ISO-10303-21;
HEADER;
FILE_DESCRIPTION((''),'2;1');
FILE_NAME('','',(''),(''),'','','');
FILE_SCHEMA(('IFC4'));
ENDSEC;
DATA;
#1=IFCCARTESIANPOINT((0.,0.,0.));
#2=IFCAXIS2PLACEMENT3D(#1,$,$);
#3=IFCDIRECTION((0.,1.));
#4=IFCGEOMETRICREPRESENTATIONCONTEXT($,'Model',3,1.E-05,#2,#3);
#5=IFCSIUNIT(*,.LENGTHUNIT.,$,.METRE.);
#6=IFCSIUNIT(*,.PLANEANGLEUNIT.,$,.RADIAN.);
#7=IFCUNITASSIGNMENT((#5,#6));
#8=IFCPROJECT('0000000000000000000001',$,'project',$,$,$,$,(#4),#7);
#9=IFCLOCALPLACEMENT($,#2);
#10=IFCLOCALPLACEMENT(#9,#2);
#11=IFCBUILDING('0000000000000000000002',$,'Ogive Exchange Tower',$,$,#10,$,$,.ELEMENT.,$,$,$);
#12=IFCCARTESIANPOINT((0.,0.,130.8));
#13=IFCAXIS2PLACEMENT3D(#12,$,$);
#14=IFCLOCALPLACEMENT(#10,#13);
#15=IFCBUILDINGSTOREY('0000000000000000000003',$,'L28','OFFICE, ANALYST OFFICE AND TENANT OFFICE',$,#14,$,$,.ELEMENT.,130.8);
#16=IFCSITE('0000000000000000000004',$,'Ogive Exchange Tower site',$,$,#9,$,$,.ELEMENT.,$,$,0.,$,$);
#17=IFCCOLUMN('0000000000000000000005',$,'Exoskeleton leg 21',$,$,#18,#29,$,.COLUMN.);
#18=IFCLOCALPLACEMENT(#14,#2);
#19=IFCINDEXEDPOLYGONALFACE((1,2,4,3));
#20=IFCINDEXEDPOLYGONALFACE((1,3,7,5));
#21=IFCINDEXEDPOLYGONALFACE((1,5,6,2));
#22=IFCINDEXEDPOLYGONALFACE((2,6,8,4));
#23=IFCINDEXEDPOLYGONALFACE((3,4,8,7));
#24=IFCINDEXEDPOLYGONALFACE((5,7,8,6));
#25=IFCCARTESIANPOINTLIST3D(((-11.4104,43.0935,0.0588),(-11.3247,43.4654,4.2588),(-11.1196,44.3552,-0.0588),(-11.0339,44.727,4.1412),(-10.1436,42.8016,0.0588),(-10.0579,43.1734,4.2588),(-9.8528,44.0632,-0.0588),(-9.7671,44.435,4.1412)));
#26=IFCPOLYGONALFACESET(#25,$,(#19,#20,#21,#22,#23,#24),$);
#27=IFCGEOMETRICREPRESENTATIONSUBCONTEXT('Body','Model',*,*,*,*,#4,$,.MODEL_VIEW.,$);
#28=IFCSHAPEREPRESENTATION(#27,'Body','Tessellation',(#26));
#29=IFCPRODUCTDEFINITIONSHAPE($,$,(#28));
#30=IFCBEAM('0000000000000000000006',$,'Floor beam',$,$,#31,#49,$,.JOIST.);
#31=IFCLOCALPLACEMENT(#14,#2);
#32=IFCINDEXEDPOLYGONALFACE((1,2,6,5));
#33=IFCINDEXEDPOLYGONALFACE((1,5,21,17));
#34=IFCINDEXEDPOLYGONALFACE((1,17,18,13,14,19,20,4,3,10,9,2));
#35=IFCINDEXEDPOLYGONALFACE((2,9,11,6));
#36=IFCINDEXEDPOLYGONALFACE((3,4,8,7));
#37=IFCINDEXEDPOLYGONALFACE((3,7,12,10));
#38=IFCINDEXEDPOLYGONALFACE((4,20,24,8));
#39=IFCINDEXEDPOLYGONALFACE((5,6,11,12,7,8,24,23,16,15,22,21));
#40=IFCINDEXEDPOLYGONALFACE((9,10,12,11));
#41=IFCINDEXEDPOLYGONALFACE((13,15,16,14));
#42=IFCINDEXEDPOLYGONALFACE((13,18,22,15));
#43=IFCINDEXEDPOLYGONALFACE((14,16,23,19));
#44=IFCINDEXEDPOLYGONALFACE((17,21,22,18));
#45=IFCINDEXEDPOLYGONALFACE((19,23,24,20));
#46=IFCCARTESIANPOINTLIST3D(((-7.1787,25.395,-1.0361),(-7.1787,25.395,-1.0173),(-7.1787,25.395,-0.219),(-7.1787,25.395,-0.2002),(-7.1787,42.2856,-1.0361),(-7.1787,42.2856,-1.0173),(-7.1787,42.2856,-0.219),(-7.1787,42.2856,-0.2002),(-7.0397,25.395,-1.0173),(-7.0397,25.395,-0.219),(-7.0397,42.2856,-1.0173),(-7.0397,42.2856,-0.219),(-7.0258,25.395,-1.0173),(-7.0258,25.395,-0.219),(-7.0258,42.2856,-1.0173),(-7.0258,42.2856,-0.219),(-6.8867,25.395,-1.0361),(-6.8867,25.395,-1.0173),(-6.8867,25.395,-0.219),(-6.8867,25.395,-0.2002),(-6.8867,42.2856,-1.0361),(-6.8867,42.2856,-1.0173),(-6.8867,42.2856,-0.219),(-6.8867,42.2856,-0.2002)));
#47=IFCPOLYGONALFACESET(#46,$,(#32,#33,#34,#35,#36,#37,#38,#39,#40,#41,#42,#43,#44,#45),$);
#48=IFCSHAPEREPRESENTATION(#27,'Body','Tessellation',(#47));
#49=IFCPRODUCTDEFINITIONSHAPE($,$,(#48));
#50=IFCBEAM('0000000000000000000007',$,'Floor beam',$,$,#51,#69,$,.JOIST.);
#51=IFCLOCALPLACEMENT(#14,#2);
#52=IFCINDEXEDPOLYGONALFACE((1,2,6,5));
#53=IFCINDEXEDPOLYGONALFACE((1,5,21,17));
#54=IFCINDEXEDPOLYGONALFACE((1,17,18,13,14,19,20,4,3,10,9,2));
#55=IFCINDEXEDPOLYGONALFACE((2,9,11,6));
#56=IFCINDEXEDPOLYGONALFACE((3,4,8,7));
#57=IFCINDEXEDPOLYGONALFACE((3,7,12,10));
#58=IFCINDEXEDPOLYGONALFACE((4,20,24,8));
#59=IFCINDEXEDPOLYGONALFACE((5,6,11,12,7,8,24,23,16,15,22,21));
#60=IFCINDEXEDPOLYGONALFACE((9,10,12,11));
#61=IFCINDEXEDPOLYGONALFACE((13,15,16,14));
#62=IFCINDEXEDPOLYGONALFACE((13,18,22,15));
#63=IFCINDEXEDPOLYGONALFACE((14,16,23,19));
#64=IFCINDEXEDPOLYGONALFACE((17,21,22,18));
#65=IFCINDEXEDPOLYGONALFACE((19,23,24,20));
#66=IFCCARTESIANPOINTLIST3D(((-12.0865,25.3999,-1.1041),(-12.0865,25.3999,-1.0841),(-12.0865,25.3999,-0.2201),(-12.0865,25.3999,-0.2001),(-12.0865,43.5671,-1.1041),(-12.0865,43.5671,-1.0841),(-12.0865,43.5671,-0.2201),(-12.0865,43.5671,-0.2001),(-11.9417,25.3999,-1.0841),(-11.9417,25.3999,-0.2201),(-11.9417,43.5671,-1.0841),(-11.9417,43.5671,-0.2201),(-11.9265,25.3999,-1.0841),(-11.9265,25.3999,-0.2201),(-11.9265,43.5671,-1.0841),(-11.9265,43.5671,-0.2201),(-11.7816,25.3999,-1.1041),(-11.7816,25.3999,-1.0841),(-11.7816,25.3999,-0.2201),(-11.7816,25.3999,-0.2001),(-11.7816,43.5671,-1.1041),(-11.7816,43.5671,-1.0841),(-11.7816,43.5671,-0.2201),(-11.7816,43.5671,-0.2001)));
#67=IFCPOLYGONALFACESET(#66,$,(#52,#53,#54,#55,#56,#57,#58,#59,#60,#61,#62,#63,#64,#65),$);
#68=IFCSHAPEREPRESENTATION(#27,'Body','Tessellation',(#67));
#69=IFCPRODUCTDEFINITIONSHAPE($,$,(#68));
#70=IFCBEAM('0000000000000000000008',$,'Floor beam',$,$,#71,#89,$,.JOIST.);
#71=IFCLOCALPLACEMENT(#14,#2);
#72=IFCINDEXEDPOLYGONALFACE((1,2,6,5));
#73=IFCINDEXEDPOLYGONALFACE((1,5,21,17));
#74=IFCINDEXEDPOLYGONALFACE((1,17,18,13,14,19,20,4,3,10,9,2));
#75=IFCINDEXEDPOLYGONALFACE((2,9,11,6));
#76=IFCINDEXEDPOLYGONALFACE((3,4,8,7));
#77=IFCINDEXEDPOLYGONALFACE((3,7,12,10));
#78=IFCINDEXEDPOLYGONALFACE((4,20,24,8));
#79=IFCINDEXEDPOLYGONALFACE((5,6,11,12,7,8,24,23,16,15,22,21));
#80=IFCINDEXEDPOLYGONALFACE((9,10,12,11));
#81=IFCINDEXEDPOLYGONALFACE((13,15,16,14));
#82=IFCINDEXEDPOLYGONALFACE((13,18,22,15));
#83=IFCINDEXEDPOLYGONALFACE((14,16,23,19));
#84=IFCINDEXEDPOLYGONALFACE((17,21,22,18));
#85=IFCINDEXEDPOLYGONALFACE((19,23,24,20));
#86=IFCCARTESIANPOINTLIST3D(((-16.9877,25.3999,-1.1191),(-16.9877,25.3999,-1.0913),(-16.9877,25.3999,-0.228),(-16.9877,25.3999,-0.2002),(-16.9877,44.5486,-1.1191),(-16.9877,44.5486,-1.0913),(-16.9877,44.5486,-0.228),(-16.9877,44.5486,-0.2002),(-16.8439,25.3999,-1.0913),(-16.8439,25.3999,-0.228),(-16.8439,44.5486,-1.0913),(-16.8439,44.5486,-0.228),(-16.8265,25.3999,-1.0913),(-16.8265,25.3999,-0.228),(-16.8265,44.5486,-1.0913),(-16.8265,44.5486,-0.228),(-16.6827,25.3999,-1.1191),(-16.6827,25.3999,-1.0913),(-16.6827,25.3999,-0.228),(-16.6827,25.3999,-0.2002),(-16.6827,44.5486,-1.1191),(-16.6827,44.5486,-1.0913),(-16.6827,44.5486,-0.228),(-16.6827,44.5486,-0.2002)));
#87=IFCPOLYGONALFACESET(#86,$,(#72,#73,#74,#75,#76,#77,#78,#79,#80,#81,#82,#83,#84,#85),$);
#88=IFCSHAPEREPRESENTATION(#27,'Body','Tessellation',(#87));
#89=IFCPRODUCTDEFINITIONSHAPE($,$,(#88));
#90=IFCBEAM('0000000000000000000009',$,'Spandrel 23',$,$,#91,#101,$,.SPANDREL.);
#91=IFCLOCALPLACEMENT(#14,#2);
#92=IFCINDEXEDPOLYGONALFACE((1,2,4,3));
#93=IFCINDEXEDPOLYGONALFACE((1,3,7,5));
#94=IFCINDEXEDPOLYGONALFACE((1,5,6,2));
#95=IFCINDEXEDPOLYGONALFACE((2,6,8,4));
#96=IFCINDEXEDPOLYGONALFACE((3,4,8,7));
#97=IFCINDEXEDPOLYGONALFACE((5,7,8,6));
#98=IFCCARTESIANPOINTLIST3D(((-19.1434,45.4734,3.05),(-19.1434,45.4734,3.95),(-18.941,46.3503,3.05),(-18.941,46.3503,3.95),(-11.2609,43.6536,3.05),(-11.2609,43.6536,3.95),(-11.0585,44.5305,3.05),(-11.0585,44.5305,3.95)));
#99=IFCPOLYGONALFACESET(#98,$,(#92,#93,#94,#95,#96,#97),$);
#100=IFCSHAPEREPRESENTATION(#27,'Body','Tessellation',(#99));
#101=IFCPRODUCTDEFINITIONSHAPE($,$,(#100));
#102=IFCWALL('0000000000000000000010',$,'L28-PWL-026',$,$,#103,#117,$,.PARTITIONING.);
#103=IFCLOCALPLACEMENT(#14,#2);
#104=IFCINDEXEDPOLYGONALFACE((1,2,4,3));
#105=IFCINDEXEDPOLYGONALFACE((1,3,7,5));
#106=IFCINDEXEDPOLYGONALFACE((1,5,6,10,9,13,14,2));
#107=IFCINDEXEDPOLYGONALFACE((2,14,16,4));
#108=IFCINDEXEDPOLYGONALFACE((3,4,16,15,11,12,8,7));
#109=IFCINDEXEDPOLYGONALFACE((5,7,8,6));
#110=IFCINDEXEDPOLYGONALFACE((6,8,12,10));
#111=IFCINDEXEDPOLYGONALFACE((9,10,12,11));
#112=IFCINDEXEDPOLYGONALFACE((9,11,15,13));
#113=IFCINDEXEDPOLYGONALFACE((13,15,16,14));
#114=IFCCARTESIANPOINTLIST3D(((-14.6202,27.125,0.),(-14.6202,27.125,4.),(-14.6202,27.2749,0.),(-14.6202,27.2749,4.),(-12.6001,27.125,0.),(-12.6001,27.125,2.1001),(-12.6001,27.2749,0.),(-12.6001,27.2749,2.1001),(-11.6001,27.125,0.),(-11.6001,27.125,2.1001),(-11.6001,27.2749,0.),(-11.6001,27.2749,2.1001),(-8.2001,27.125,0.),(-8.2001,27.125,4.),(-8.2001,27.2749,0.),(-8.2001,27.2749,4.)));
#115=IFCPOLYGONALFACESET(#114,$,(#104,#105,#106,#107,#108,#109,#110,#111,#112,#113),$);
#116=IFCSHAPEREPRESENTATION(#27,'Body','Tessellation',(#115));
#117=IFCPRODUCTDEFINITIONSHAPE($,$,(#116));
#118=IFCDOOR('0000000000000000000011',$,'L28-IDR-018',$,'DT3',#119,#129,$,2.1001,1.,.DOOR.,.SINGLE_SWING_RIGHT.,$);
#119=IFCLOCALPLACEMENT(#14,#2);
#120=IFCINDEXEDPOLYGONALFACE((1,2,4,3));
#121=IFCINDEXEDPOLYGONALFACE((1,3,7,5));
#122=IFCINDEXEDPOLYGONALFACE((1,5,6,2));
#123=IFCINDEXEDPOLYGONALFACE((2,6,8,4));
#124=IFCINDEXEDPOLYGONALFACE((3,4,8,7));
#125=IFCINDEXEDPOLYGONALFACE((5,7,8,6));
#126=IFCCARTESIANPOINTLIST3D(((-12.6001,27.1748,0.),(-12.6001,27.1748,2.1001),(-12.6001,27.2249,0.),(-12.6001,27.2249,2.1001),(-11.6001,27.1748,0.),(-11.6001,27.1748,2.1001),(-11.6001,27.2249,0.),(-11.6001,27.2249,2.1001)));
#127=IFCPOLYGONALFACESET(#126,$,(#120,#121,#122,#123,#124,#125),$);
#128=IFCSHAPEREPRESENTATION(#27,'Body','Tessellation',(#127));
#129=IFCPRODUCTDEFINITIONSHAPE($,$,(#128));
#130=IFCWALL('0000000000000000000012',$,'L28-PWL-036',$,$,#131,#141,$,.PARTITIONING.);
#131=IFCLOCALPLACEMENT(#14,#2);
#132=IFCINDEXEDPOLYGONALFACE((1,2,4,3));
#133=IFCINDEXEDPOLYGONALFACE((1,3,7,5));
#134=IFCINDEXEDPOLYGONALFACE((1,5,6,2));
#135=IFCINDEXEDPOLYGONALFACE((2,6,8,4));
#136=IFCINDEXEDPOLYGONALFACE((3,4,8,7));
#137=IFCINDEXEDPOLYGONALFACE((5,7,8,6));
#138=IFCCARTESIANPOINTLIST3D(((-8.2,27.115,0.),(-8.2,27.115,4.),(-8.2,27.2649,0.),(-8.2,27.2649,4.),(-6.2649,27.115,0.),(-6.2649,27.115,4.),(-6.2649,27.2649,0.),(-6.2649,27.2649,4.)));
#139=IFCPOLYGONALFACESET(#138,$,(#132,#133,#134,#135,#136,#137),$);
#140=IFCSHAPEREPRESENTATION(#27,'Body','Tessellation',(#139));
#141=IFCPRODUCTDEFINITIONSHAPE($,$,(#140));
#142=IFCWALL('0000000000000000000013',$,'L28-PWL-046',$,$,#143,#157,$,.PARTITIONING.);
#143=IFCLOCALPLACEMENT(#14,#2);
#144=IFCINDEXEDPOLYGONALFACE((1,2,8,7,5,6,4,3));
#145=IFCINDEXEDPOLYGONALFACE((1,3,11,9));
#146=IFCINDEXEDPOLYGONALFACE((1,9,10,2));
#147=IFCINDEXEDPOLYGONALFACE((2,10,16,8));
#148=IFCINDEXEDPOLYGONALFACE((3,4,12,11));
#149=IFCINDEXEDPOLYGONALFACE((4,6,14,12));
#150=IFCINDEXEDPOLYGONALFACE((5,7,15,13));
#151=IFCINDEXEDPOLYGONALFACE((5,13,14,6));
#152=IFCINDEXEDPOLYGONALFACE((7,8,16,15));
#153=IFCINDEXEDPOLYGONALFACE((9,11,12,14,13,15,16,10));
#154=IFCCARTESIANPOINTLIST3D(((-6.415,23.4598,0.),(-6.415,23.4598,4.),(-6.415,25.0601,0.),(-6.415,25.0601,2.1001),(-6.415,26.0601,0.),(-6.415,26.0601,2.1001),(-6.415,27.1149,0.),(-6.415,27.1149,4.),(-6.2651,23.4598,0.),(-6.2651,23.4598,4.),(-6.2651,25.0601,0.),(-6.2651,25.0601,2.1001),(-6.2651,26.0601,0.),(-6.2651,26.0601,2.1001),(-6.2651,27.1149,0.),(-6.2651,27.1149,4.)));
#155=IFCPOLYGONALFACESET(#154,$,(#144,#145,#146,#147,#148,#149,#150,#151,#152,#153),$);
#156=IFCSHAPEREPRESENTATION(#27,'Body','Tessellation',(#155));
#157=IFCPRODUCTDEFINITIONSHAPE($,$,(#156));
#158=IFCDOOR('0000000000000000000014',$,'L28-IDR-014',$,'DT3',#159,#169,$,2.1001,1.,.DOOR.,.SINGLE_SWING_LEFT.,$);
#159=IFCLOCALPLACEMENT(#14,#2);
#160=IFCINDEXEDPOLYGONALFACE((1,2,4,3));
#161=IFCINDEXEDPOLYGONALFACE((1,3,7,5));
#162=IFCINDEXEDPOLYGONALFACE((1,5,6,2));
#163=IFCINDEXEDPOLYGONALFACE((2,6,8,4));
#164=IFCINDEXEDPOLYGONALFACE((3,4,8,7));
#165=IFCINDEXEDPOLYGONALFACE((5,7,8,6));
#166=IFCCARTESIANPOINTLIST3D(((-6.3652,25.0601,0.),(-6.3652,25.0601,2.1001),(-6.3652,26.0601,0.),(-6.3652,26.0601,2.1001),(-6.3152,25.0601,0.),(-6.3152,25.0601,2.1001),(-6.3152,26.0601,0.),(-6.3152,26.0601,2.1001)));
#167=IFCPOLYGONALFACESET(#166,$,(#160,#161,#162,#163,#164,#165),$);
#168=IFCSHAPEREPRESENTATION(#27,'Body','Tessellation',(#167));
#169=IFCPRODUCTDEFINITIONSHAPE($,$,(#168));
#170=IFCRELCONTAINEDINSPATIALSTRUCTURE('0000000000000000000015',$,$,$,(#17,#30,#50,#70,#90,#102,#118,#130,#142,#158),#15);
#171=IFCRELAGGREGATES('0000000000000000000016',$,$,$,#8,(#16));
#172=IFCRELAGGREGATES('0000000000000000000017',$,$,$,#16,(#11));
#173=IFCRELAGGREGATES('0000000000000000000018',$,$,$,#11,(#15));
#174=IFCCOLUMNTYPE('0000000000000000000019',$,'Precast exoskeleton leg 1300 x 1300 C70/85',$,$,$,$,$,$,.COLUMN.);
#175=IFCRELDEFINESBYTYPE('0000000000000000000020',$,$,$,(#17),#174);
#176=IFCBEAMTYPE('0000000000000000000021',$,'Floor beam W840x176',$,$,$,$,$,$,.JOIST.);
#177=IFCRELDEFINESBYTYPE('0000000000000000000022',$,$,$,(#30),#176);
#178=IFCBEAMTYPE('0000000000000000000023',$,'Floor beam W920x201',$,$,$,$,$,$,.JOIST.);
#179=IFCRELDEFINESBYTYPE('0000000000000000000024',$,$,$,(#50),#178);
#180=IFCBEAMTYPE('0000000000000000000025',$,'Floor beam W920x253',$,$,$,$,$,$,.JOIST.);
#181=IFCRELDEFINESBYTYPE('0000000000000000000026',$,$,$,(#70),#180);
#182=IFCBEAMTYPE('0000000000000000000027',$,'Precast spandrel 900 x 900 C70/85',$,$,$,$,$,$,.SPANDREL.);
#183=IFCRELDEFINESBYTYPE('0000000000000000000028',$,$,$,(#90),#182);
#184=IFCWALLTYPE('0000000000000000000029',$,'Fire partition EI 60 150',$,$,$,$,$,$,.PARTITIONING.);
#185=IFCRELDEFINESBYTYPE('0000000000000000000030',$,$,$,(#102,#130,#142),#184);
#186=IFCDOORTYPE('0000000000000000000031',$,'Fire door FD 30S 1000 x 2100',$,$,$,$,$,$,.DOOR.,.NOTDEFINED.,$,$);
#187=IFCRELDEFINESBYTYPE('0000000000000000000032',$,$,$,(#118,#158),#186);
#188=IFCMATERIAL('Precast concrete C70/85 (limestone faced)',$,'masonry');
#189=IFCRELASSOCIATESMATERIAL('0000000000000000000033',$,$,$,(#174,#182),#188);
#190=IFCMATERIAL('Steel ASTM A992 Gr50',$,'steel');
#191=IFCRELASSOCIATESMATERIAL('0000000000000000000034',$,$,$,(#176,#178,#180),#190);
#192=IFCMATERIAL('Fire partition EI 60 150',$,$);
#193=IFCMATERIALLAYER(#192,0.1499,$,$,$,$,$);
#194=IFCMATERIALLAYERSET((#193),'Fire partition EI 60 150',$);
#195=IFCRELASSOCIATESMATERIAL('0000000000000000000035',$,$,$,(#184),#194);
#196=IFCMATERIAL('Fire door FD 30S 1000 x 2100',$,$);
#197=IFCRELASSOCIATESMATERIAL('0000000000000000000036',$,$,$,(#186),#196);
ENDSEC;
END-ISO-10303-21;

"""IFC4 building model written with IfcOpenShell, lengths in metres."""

from ifc_helpers import new_model, si_unit, direction, frame, frame_2d, origin, origin_2d, place, context, subcontext, project, spatial, rectangle, i_section, extrude, material, layer, layer_set, material_profile, profile_set, type_object, element, fill, save


model = new_model("IFC4")

# Units and contexts
model_context = context("Model", 3, precision=1e-05, world=origin(), true_north=direction((0.0, 1.0)))
body_context = subcontext(model_context, "Body", "Model", "MODEL_VIEW")
ifc_project = project(units=[si_unit("LENGTHUNIT", "METRE"), si_unit("PLANEANGLEUNIT", "RADIAN")], contexts=[model_context])

# Site, building, storey
site_placement = place(None, origin())
site = spatial("IfcSite", under=ifc_project, at=site_placement, Name="Ogive Exchange Tower site", CompositionType="ELEMENT", RefElevation=0.0)
building_placement = place(site_placement, origin())
building = spatial("IfcBuilding", under=site, at=building_placement, Name="Ogive Exchange Tower", CompositionType="ELEMENT")
storey_placement = place(building_placement, frame((0.0, 0.0, 130.8)))
storey = spatial("IfcBuildingStorey", under=building, at=storey_placement, Name="L28", Description="OFFICE, ANALYST OFFICE AND TENANT OFFICE", CompositionType="ELEMENT", Elevation=130.8)

# Column
ifc_material_1 = material(Name="Precast concrete C70/85 (limestone faced)", Category="masonry")
ifc_material_profile_1 = material_profile(ifc_material_1, rectangle(XDim=1.3, YDim=1.3, at=origin_2d()), Name="1300 x 1300")
ifc_profile_set_1 = profile_set([ifc_material_profile_1], Name="Precast concrete C70/85 (limestone faced)")
column_type = type_object("IfcColumnType", Name="Precast exoskeleton leg 1300 x 1300 C70/85", PredefinedType="COLUMN", material=ifc_profile_set_1)
column_placement = place(storey_placement, frame((-10.6316, 43.5784, 0.0), z_axis=(0.02032, 0.088168, 0.995898), x_axis=(-0.974456, 0.224579, 0.0)))
element("IfcColumn", 1, at=column_placement, inside=storey, type_object=column_type, Name="Exoskeleton leg 21", PredefinedType="COLUMN", context=body_context, shape_type="SweptSolid", body=[
    extrude(rectangle(XDim=1.3, YDim=1.3, at=origin_2d()), origin(), (0.0, 0.0, 1.0), 4.2173),
])

# Beams
ifc_material_2 = material(Name="Steel ASTM A992 Gr50", Category="steel")
ifc_material_profile_2 = material_profile(ifc_material_2, i_section(OverallWidth=0.292, OverallDepth=0.8359, WebThickness=0.0139, FlangeThickness=0.0188, at=origin_2d()), Name="W840x176")
ifc_profile_set_2 = profile_set([ifc_material_profile_2], Name="Steel ASTM A992 Gr50")
beam_type_1 = type_object("IfcBeamType", Name="Floor beam W840x176", PredefinedType="JOIST", material=ifc_profile_set_2)
beam_1_placement = place(storey_placement, frame((-7.0327, 25.395, -0.6182), z_axis=(0.0, 1.0, 0.0), x_axis=(-1.0, 0.0, 0.0)))
element("IfcBeam", 2, at=beam_1_placement, inside=storey, type_object=beam_type_1, Name="Floor beam", PredefinedType="JOIST", context=body_context, shape_type="SweptSolid", body=[
    extrude(i_section(OverallWidth=0.292, OverallDepth=0.8359, WebThickness=0.0139, FlangeThickness=0.0188, at=origin_2d()), origin(), (0.0, 0.0, 1.0), 16.8906),
])
ifc_material_profile_3 = material_profile(ifc_material_2, i_section(OverallWidth=0.3049, OverallDepth=0.9041, WebThickness=0.0151, FlangeThickness=0.02, at=origin_2d()), Name="W920x201")
ifc_profile_set_3 = profile_set([ifc_material_profile_3], Name="Steel ASTM A992 Gr50")
beam_type_2 = type_object("IfcBeamType", Name="Floor beam W920x201", PredefinedType="JOIST", material=ifc_profile_set_3)
beam_2_placement = place(storey_placement, frame((-11.9341, 25.3999, -0.6521), z_axis=(0.0, 1.0, 0.0), x_axis=(-1.0, 0.0, 0.0)))
element("IfcBeam", 3, at=beam_2_placement, inside=storey, type_object=beam_type_2, Name="Floor beam", PredefinedType="JOIST", context=body_context, shape_type="SweptSolid", body=[
    extrude(i_section(OverallWidth=0.3049, OverallDepth=0.9041, WebThickness=0.0151, FlangeThickness=0.02, at=origin_2d()), origin(), (0.0, 0.0, 1.0), 18.1672),
])
ifc_material_profile_4 = material_profile(ifc_material_2, i_section(OverallWidth=0.3049, OverallDepth=0.9189, WebThickness=0.0173, FlangeThickness=0.0278, at=origin_2d()), Name="W920x253")
ifc_profile_set_4 = profile_set([ifc_material_profile_4], Name="Steel ASTM A992 Gr50")
beam_type_3 = type_object("IfcBeamType", Name="Floor beam W920x253", PredefinedType="JOIST", material=ifc_profile_set_4)
beam_3_placement = place(storey_placement, frame((-16.8352, 25.3999, -0.6597), z_axis=(0.0, 1.0, 0.0), x_axis=(-1.0, 0.0, 0.0)))
element("IfcBeam", 4, at=beam_3_placement, inside=storey, type_object=beam_type_3, Name="Floor beam", PredefinedType="JOIST", context=body_context, shape_type="SweptSolid", body=[
    extrude(i_section(OverallWidth=0.3049, OverallDepth=0.9189, WebThickness=0.0173, FlangeThickness=0.0278, at=origin_2d()), origin(), (0.0, 0.0, 1.0), 19.1487),
])
ifc_material_profile_5 = material_profile(ifc_material_1, rectangle(XDim=0.8999, YDim=0.8999, at=origin_2d()), Name="900 x 900")
ifc_profile_set_5 = profile_set([ifc_material_profile_5], Name="Precast concrete C70/85 (limestone faced)")
beam_type_4 = type_object("IfcBeamType", Name="Precast spandrel 900 x 900 C70/85", PredefinedType="SPANDREL", material=ifc_profile_set_5)
beam_4_placement = place(storey_placement, frame((-11.1597, 44.092, 3.5), z_axis=(-0.97437, 0.22495, 0.0), x_axis=(-0.22495, -0.97437, 0.0)))
element("IfcBeam", 5, at=beam_4_placement, inside=storey, type_object=beam_type_4, Name="Spandrel 23", PredefinedType="SPANDREL", context=body_context, shape_type="SweptSolid", body=[
    extrude(rectangle(XDim=0.8999, YDim=0.8999, at=origin_2d()), origin(), (0.0, 0.0, 1.0), 8.0898),
])

# Wall, opening, door
ifc_material_3 = material(Name="Fire partition EI 60 150")
ifc_layer_1 = layer(ifc_material_3, 0.1499)
ifc_layer_set_1 = layer_set([ifc_layer_1], Name="Fire partition EI 60 150")
wall_type_1 = type_object("IfcWallType", Name="Fire partition EI 60 150", PredefinedType="PARTITIONING", material=ifc_layer_set_1)
wall_1_placement = place(storey_placement, frame((-14.6201, 27.2, 0.0), z_axis=(0.0, 0.0, 1.0), x_axis=(1.0, 0.0, 0.0)))
wall_1 = element("IfcWall", 6, at=wall_1_placement, inside=storey, type_object=wall_type_1, Name="L28-PWL-026", PredefinedType="PARTITIONING", context=body_context, shape_type="SweptSolid", body=[
    extrude(rectangle(XDim=6.4202, YDim=0.1499, at=frame_2d((3.21, 0.0))), origin(), (0.0, 0.0, 1.0), 4.0),
])
opening_1_placement = place(wall_1_placement, frame((2.02, 0.0, 0.0)))
opening_1 = element("IfcOpeningElement", 7, at=opening_1_placement, cuts=wall_1, PredefinedType="OPENING", context=body_context, shape_type="SweptSolid", body=[
    extrude(rectangle(XDim=1.0, YDim=2.1001, at=frame_2d((0.5, 1.05))), frame((0.0, 0.085, 0.0), z_axis=(0.0, -1.0, 0.0), x_axis=(1.0, 0.0, 0.0)), (0.0, 0.0, 1.0), 0.1699),
])
ifc_material_4 = material(Name="Fire door FD 30S 1000 x 2100")
door_type_1 = type_object("IfcDoorType", Name="Fire door FD 30S 1000 x 2100", OperationType="NOTDEFINED", PredefinedType="DOOR", material=ifc_material_4)
door_1_placement = place(opening_1_placement, origin())
door_1 = element("IfcDoor", 8, at=door_1_placement, inside=storey, type_object=door_type_1, Name="L28-IDR-018", ObjectType="DT3", OperationType="SINGLE_SWING_RIGHT", OverallHeight=2.1001, OverallWidth=1.0, PredefinedType="DOOR", context=body_context, shape_type="SweptSolid", body=[
    extrude(rectangle(XDim=1.0, YDim=2.1001, at=frame_2d((0.5, 1.05))), frame((0.0, 0.0249, 0.0), z_axis=(0.0, -1.0, 0.0), x_axis=(1.0, 0.0, 0.0)), (0.0, 0.0, 1.0), 0.05),
])
fill(opening_1, door_1)

# Wall
wall_2_placement = place(storey_placement, frame((-8.2, 27.1899, 0.0), z_axis=(0.0, 0.0, 1.0), x_axis=(1.0, 0.0, 0.0)))
element("IfcWall", 9, at=wall_2_placement, inside=storey, type_object=wall_type_1, Name="L28-PWL-036", PredefinedType="PARTITIONING", context=body_context, shape_type="SweptSolid", body=[
    extrude(rectangle(XDim=1.9351, YDim=0.1499, at=frame_2d((0.9675, 0.0))), origin(), (0.0, 0.0, 1.0), 4.0),
])

# Wall, opening, door
wall_3_placement = place(storey_placement, frame((-6.3401, 27.115, 0.0), z_axis=(0.0, 0.0, 1.0), x_axis=(0.0, -1.0, 0.0)))
wall_3 = element("IfcWall", 10, at=wall_3_placement, inside=storey, type_object=wall_type_1, Name="L28-PWL-046", PredefinedType="PARTITIONING", context=body_context, shape_type="SweptSolid", body=[
    extrude(rectangle(XDim=3.655, YDim=0.1499, at=frame_2d((1.8276, 0.0))), origin(), (0.0, 0.0, 1.0), 4.0),
])
opening_2_placement = place(wall_3_placement, frame((1.0549, 0.0, 0.0)))
opening_2 = element("IfcOpeningElement", 11, at=opening_2_placement, cuts=wall_3, PredefinedType="OPENING", context=body_context, shape_type="SweptSolid", body=[
    extrude(rectangle(XDim=1.0, YDim=2.1001, at=frame_2d((0.5, 1.05))), frame((0.0, 0.085, 0.0), z_axis=(0.0, -1.0, 0.0), x_axis=(1.0, 0.0, 0.0)), (0.0, 0.0, 1.0), 0.1699),
])
door_2_placement = place(opening_2_placement, origin())
door_2 = element("IfcDoor", 12, at=door_2_placement, inside=storey, type_object=door_type_1, Name="L28-IDR-014", ObjectType="DT3", OperationType="SINGLE_SWING_LEFT", OverallHeight=2.1001, OverallWidth=1.0, PredefinedType="DOOR", context=body_context, shape_type="SweptSolid", body=[
    extrude(rectangle(XDim=1.0, YDim=2.1001, at=frame_2d((0.5, 1.05))), frame((0.0, 0.0249, 0.0), z_axis=(0.0, -1.0, 0.0), x_axis=(1.0, 0.0, 0.0)), (0.0, 0.0, 1.0), 0.05),
])
fill(opening_2, door_2)

save(model, "model.ifc")
